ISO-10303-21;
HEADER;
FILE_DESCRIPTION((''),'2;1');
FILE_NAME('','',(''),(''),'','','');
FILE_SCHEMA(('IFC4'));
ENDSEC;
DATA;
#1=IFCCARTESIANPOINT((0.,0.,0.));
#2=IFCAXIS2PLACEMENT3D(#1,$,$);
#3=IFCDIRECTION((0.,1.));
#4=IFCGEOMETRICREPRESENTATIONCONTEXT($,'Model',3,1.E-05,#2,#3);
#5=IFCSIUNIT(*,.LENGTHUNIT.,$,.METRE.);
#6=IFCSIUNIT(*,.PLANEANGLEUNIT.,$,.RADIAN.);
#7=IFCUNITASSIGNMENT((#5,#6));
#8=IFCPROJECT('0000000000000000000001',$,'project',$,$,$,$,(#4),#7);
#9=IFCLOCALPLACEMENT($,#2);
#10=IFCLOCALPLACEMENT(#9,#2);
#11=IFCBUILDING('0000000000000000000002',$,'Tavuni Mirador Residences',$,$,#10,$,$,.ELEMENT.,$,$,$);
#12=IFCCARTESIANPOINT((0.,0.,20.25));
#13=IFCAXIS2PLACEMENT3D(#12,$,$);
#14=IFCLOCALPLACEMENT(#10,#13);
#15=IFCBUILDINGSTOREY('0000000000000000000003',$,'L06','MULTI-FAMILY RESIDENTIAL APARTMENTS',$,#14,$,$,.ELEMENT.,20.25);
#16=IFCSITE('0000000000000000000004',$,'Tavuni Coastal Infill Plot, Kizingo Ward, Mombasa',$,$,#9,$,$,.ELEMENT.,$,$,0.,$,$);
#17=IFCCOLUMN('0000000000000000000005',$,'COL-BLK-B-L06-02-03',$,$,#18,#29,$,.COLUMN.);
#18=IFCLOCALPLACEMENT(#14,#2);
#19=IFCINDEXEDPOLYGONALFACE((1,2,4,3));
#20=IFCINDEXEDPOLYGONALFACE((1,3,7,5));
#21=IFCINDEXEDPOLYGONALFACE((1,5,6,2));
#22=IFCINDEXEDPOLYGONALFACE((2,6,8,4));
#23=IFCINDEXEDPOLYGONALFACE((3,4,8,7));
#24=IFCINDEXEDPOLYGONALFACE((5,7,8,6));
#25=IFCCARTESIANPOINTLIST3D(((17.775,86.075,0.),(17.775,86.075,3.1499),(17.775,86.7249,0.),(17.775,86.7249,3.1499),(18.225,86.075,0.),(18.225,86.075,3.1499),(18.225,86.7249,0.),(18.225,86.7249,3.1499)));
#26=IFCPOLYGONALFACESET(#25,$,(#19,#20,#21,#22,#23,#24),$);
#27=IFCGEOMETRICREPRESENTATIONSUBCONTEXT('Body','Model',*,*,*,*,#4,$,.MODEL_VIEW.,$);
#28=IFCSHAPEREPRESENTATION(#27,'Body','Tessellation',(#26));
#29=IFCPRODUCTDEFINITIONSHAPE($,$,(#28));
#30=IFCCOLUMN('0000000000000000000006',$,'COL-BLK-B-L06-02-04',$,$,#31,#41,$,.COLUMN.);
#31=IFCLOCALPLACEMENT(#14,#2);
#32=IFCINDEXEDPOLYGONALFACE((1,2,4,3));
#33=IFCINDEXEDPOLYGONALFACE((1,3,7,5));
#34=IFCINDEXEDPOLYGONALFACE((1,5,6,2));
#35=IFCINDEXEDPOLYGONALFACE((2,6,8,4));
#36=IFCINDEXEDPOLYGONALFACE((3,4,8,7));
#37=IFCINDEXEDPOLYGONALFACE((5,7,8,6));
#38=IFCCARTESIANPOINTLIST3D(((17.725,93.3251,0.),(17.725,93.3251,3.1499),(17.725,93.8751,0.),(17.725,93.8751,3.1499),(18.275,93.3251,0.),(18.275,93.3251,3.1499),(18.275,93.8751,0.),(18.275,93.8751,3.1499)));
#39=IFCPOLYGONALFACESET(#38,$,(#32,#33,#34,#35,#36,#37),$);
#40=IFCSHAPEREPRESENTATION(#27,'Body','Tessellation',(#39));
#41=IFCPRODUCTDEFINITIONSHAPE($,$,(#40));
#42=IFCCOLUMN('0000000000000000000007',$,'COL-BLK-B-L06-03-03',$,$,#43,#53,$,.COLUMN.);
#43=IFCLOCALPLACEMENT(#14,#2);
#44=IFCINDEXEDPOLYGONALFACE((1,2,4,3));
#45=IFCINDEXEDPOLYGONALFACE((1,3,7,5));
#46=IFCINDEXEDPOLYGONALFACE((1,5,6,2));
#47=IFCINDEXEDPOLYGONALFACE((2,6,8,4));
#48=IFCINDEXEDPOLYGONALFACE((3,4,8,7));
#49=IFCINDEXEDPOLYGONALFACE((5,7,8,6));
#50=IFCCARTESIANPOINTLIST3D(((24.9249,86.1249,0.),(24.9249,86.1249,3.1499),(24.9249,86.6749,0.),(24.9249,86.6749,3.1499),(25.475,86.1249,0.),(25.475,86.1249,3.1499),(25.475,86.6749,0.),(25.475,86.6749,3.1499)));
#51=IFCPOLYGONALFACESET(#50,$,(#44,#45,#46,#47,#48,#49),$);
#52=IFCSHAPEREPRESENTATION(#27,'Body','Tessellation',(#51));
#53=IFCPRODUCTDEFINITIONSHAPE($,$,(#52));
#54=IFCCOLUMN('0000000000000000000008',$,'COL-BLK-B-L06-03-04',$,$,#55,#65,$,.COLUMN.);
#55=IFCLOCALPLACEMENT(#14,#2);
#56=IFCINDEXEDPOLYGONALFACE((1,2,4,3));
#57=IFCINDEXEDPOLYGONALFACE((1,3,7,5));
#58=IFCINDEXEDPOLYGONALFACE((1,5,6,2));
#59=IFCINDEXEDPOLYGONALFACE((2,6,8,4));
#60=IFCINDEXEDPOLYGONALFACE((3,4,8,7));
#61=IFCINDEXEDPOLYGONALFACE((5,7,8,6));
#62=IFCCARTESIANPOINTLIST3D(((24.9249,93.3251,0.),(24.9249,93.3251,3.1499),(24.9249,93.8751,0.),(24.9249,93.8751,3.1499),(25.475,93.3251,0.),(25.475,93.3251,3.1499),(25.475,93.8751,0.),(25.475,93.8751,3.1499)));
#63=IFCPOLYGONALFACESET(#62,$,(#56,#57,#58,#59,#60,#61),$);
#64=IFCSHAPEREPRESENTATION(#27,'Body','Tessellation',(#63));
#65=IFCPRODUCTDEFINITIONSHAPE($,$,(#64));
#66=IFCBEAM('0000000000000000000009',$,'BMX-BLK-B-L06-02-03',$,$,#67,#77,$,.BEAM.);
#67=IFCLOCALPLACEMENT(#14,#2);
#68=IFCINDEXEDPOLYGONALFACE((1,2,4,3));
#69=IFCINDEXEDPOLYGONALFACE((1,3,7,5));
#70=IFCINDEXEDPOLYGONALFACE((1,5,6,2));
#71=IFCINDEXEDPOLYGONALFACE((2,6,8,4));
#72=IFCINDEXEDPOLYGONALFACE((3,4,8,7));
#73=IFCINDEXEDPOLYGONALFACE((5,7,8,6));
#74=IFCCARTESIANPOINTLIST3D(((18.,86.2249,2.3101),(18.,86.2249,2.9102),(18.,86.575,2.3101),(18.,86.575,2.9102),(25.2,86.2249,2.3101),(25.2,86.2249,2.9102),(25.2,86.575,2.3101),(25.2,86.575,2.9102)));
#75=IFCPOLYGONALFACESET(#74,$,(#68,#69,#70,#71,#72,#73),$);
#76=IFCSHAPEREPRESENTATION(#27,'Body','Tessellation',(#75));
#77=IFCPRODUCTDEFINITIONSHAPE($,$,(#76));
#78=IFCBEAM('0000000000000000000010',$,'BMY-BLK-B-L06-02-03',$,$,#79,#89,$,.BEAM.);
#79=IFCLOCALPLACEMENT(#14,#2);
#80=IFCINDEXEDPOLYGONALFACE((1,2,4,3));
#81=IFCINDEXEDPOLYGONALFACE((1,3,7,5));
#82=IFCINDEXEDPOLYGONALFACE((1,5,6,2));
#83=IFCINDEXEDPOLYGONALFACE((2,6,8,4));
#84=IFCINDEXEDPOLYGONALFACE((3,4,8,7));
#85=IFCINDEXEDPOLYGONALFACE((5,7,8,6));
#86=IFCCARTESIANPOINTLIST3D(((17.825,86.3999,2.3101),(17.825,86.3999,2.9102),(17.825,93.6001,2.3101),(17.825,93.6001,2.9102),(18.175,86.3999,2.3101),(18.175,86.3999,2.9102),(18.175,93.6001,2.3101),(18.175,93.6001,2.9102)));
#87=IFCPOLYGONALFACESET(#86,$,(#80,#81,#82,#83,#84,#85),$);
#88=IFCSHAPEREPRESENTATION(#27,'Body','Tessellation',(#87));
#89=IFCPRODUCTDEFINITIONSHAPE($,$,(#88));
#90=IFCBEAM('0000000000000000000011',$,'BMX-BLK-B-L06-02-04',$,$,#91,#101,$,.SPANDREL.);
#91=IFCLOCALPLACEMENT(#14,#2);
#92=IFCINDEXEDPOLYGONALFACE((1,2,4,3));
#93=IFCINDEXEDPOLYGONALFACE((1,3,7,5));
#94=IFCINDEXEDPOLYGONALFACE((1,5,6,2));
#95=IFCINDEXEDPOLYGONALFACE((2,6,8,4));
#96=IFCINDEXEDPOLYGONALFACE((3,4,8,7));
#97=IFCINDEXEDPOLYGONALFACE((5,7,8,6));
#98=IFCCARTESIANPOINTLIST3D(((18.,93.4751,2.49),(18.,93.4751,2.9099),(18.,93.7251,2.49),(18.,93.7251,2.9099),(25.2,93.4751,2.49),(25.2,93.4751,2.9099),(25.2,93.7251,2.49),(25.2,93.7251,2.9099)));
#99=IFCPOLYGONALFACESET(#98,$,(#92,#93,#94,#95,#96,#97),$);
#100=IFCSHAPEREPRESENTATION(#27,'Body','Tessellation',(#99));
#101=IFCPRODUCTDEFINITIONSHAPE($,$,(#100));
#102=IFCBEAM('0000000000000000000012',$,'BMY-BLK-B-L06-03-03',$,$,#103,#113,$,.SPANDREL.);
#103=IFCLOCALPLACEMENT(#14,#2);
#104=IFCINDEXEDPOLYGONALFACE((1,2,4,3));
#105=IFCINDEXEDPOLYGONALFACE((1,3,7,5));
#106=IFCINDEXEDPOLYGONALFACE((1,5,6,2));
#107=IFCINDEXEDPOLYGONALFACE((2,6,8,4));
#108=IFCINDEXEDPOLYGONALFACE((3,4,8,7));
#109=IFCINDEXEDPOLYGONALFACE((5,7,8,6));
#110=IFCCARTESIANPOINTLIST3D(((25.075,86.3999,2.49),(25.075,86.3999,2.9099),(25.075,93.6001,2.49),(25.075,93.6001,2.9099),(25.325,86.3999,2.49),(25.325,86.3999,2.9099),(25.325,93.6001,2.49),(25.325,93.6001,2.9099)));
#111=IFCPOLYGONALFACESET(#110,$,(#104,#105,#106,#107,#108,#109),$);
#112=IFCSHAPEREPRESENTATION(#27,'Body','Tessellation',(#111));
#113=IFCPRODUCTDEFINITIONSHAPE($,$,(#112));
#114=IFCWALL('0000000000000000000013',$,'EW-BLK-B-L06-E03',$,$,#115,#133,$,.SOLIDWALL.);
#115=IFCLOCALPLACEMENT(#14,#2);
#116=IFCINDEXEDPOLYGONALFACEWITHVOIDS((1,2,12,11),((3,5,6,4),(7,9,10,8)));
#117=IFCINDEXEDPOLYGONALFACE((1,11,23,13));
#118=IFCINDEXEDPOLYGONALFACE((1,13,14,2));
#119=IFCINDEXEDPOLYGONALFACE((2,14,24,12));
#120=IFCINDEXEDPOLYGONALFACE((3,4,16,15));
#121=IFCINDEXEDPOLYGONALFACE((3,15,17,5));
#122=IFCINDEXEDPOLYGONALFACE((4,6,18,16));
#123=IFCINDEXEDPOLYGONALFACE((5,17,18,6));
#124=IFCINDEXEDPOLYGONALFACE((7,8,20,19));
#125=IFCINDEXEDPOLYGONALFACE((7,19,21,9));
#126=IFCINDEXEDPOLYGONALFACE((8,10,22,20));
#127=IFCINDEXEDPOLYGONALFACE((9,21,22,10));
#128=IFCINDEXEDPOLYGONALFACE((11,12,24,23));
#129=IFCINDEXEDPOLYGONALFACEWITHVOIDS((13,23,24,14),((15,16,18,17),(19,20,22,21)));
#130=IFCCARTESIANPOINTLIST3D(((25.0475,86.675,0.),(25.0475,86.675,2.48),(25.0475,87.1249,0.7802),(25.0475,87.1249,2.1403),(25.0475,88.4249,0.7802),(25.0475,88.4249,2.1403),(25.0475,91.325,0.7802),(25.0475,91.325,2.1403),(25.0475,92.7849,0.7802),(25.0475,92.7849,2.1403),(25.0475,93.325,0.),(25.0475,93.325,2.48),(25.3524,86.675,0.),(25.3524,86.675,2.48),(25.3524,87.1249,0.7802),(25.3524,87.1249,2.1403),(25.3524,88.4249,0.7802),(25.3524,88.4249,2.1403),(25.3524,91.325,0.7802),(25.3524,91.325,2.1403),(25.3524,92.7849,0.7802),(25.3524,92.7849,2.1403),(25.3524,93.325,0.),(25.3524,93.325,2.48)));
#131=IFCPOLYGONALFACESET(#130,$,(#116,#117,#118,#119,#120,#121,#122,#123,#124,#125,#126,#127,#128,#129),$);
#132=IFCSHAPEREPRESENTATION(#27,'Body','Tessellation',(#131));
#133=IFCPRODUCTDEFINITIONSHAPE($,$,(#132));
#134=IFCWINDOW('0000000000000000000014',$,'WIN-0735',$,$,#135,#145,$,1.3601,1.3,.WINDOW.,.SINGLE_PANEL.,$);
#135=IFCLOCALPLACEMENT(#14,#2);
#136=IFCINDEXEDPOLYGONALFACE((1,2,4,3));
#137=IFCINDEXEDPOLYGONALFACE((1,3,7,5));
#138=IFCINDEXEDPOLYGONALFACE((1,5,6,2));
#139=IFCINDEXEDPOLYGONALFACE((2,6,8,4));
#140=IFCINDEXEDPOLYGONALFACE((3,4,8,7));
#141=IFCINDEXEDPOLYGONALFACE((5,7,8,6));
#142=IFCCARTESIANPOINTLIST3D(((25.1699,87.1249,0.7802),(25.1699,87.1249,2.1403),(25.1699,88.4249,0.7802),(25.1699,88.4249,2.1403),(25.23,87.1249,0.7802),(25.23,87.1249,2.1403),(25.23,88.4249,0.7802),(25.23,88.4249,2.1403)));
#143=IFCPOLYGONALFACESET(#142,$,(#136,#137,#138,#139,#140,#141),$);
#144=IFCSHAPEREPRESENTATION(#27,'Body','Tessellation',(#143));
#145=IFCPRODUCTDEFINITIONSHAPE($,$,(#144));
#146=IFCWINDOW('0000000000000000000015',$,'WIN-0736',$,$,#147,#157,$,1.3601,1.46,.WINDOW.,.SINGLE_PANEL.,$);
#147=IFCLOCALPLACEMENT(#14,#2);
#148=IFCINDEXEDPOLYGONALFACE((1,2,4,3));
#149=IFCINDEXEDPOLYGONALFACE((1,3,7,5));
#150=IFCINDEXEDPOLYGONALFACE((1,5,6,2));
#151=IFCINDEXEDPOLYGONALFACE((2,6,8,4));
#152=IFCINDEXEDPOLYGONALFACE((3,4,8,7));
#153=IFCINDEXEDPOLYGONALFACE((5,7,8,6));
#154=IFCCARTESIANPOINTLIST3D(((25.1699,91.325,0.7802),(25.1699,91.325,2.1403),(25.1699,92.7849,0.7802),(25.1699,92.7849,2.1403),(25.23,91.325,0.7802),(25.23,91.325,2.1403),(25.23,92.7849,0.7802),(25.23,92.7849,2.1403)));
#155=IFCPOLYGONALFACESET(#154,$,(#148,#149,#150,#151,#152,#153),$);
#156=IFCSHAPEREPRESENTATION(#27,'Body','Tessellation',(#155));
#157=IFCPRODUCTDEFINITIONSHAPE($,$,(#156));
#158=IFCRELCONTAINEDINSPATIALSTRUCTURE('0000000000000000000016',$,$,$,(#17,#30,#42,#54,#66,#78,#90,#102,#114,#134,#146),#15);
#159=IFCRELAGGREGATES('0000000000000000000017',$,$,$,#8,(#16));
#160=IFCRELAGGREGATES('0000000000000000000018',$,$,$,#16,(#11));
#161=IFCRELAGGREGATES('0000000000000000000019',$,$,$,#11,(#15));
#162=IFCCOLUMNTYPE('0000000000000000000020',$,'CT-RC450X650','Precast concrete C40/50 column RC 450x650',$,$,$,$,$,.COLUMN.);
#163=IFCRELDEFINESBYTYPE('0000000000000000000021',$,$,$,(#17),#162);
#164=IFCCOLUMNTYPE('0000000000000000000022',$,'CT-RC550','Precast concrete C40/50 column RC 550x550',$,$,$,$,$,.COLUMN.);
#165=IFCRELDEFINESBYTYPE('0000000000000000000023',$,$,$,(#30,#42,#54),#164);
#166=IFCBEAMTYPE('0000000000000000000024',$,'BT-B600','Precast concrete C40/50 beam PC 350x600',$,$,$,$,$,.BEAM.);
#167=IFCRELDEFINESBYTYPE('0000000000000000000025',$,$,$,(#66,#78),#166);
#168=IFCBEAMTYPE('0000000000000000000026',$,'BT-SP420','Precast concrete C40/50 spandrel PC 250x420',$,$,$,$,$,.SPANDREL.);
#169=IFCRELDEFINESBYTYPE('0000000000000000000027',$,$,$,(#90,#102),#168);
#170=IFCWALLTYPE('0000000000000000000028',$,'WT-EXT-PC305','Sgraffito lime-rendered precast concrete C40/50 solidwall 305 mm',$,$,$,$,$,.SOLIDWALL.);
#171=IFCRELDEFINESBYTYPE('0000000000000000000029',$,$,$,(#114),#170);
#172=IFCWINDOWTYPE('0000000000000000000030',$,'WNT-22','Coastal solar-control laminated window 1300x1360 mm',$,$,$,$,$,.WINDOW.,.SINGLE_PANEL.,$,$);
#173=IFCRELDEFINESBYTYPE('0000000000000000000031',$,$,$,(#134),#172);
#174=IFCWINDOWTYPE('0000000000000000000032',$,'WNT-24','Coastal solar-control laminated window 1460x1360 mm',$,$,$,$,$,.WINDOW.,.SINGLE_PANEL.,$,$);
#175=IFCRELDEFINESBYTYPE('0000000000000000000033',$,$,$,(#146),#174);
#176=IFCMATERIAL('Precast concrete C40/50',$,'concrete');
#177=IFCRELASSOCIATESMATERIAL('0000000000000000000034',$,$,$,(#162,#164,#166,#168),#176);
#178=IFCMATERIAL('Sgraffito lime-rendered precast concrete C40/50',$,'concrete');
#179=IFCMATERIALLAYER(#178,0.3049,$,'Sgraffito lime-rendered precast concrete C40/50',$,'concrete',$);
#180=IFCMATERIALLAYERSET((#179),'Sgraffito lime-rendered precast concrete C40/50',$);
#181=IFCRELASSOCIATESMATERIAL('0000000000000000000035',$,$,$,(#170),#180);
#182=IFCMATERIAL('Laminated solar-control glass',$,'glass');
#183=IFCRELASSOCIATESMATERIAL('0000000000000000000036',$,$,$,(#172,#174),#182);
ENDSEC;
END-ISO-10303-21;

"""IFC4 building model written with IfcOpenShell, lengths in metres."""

from ifc_helpers import new_model, si_unit, direction, frame, frame_2d, origin, origin_2d, place, context, subcontext, project, spatial, rectangle, extrude, material, layer, layer_set, material_profile, profile_set, type_object, element, fill, save


model = new_model("IFC4")

# Units and contexts
model_context = context("Model", 3, precision=1e-05, world=origin(), true_north=direction((0.0, 1.0)))
body_context = subcontext(model_context, "Body", "Model", "MODEL_VIEW")
ifc_project = project(units=[si_unit("LENGTHUNIT", "METRE"), si_unit("PLANEANGLEUNIT", "RADIAN")], contexts=[model_context])

# Site, building, storey
site_placement = place(None, origin())
site = spatial("IfcSite", under=ifc_project, at=site_placement, Name="Tavuni Coastal Infill Plot, Kizingo Ward, Mombasa", CompositionType="ELEMENT", RefElevation=0.0)
building_placement = place(site_placement, origin())
building = spatial("IfcBuilding", under=site, at=building_placement, Name="Tavuni Mirador Residences", CompositionType="ELEMENT")
storey_placement = place(building_placement, frame((0.0, 0.0, 20.25)))
storey = spatial("IfcBuildingStorey", under=building, at=storey_placement, Name="L06", Description="MULTI-FAMILY RESIDENTIAL APARTMENTS", CompositionType="ELEMENT", Elevation=20.25)

# Columns
ifc_material_1 = material(Name="Precast concrete C40/50", Category="concrete")
ifc_material_profile_1 = material_profile(ifc_material_1, rectangle(XDim=0.45, YDim=0.6499, at=origin_2d()), Name="RC 450x650", Category="concrete")
ifc_profile_set_1 = profile_set([ifc_material_profile_1], Name="Precast concrete C40/50")
column_type_1 = type_object("IfcColumnType", Name="CT-RC450X650", Description="Precast concrete C40/50 column RC 450x650", PredefinedType="COLUMN", material=ifc_profile_set_1)
column_placement = place(storey_placement, frame((18.0, 86.3999, 0.0), z_axis=(0.0, 0.0, 1.0), x_axis=(1.0, 0.0, 0.0)))
element("IfcColumn", 1, at=column_placement, inside=storey, type_object=column_type_1, Name="COL-BLK-B-L06-02-03", PredefinedType="COLUMN", context=body_context, shape_type="SweptSolid", body=[
    extrude(rectangle(XDim=0.45, YDim=0.6499, at=origin_2d()), origin(), (0.0, 0.0, 1.0), 3.1499),
])
ifc_material_profile_2 = material_profile(ifc_material_1, rectangle(XDim=0.55, YDim=0.55, at=origin_2d()), Name="RC 550x550", Category="concrete")
ifc_profile_set_2 = profile_set([ifc_material_profile_2], Name="Precast concrete C40/50")
column_type_2 = type_object("IfcColumnType", Name="CT-RC550", Description="Precast concrete C40/50 column RC 550x550", PredefinedType="COLUMN", material=ifc_profile_set_2)
for number, where, z_axis, x_axis, name in (
    (2, (18.0, 93.6001, 0.0), (0.0, 0.0, 1.0), (1.0, 0.0, 0.0), "COL-BLK-B-L06-02-04"),
    (3, (25.2, 86.3999, 0.0), (0.0, 0.0, 1.0), (1.0, 0.0, 0.0), "COL-BLK-B-L06-03-03"),
    (4, (25.2, 93.6001, 0.0), (0.0, 0.0, 1.0), (1.0, 0.0, 0.0), "COL-BLK-B-L06-03-04"),
):
    element("IfcColumn", number, at=place(storey_placement, frame(where, z_axis=z_axis, x_axis=x_axis)), inside=storey, type_object=column_type_2, Name=name, PredefinedType="COLUMN", context=body_context, shape_type="SweptSolid", body=[
        extrude(rectangle(XDim=0.55, YDim=0.55, at=origin_2d()), origin(), (0.0, 0.0, 1.0), 3.1499),
    ])

# Beams
ifc_material_profile_3 = material_profile(ifc_material_1, rectangle(XDim=0.3501, YDim=0.6001, at=origin_2d()), Name="PC 350x600", Category="concrete")
ifc_profile_set_3 = profile_set([ifc_material_profile_3], Name="Precast concrete C40/50")
beam_type_1 = type_object("IfcBeamType", Name="BT-B600", Description="Precast concrete C40/50 beam PC 350x600", PredefinedType="BEAM", material=ifc_profile_set_3)
beam_1_placement = place(storey_placement, frame((18.0, 86.3999, 2.6101), z_axis=(1.0, 0.0, 0.0), x_axis=(0.0, 1.0, 0.0)))
element("IfcBeam", 5, at=beam_1_placement, inside=storey, type_object=beam_type_1, Name="BMX-BLK-B-L06-02-03", PredefinedType="BEAM", context=body_context, shape_type="SweptSolid", body=[
    extrude(rectangle(XDim=0.3501, YDim=0.6001, at=origin_2d()), origin(), (0.0, 0.0, 1.0), 7.2),
])
beam_2_placement = place(storey_placement, frame((18.0, 86.3999, 2.6101), z_axis=(0.0, 1.0, 0.0), x_axis=(-1.0, 0.0, 0.0)))
element("IfcBeam", 6, at=beam_2_placement, inside=storey, type_object=beam_type_1, Name="BMY-BLK-B-L06-02-03", PredefinedType="BEAM", context=body_context, shape_type="SweptSolid", body=[
    extrude(rectangle(XDim=0.3501, YDim=0.6001, at=origin_2d()), origin(), (0.0, 0.0, 1.0), 7.2002),
])
ifc_material_profile_4 = material_profile(ifc_material_1, rectangle(XDim=0.25, YDim=0.4199, at=origin_2d()), Name="PC 250x420", Category="concrete")
ifc_profile_set_4 = profile_set([ifc_material_profile_4], Name="Precast concrete C40/50")
beam_type_2 = type_object("IfcBeamType", Name="BT-SP420", Description="Precast concrete C40/50 spandrel PC 250x420", PredefinedType="SPANDREL", material=ifc_profile_set_4)
beam_3_placement = place(storey_placement, frame((18.0, 93.6001, 2.7), z_axis=(1.0, 0.0, 0.0), x_axis=(0.0, 1.0, 0.0)))
element("IfcBeam", 7, at=beam_3_placement, inside=storey, type_object=beam_type_2, Name="BMX-BLK-B-L06-02-04", PredefinedType="SPANDREL", context=body_context, shape_type="SweptSolid", body=[
    extrude(rectangle(XDim=0.25, YDim=0.4199, at=origin_2d()), origin(), (0.0, 0.0, 1.0), 7.2),
])
beam_4_placement = place(storey_placement, frame((25.2, 86.3999, 2.7), z_axis=(0.0, 1.0, 0.0), x_axis=(-1.0, 0.0, 0.0)))
element("IfcBeam", 8, at=beam_4_placement, inside=storey, type_object=beam_type_2, Name="BMY-BLK-B-L06-03-03", PredefinedType="SPANDREL", context=body_context, shape_type="SweptSolid", body=[
    extrude(rectangle(XDim=0.25, YDim=0.4199, at=origin_2d()), origin(), (0.0, 0.0, 1.0), 7.2002),
])

# Wall, openings, windows
ifc_material_2 = material(Name="Sgraffito lime-rendered precast concrete C40/50", Category="concrete")
ifc_layer_1 = layer(ifc_material_2, 0.3049, Name="Sgraffito lime-rendered precast concrete C40/50", Category="concrete")
ifc_layer_set_1 = layer_set([ifc_layer_1], Name="Sgraffito lime-rendered precast concrete C40/50")
wall_type_1 = type_object("IfcWallType", Name="WT-EXT-PC305", Description="Sgraffito lime-rendered precast concrete C40/50 solidwall 305 mm", PredefinedType="SOLIDWALL", material=ifc_layer_set_1)
wall_1_placement = place(storey_placement, frame((25.2, 86.675, 0.0), z_axis=(0.0, 0.0, 1.0), x_axis=(0.0, 1.0, 0.0)))
wall_1 = element("IfcWall", 9, at=wall_1_placement, inside=storey, type_object=wall_type_1, Name="EW-BLK-B-L06-E03", PredefinedType="SOLIDWALL", context=body_context, shape_type="SweptSolid", body=[
    extrude(rectangle(XDim=6.6499, YDim=0.3049, at=frame_2d((3.325, 0.0))), origin(), (0.0, 0.0, 1.0), 2.48),
])
opening_1_placement = place(wall_1_placement, frame((0.45, 0.0, 0.78)))
opening_1 = element("IfcOpeningElement", 10, at=opening_1_placement, cuts=wall_1, PredefinedType="OPENING", context=body_context, shape_type="SweptSolid", body=[
    extrude(rectangle(XDim=1.3, YDim=1.3601, at=frame_2d((0.6499, 0.6802))), frame((0.0, 0.1626, 0.0), z_axis=(0.0, -1.0, 0.0), x_axis=(1.0, 0.0, 0.0)), (0.0, 0.0, 1.0), 0.325),
])
opening_2_placement = place(wall_1_placement, frame((4.6499, 0.0, 0.78)))
opening_2 = element("IfcOpeningElement", 11, at=opening_2_placement, cuts=wall_1, PredefinedType="OPENING", context=body_context, shape_type="SweptSolid", body=[
    extrude(rectangle(XDim=1.46, YDim=1.3601, at=frame_2d((0.73, 0.6802))), frame((0.0, 0.1626, 0.0), z_axis=(0.0, -1.0, 0.0), x_axis=(1.0, 0.0, 0.0)), (0.0, 0.0, 1.0), 0.325),
])
ifc_material_3 = material(Name="Laminated solar-control glass", Category="glass")
window_type_1 = type_object("IfcWindowType", Name="WNT-22", Description="Coastal solar-control laminated window 1300x1360 mm", PartitioningType="SINGLE_PANEL", PredefinedType="WINDOW", material=ifc_material_3)
window_1_placement = place(opening_1_placement, origin())
window_1 = element("IfcWindow", 12, at=window_1_placement, inside=storey, type_object=window_type_1, Name="WIN-0735", OverallHeight=1.3601, OverallWidth=1.3, PartitioningType="SINGLE_PANEL", PredefinedType="WINDOW", context=body_context, shape_type="SweptSolid", body=[
    extrude(rectangle(XDim=1.3, YDim=1.3601, at=frame_2d((0.6499, 0.6802))), frame((0.0, 0.03, 0.0), z_axis=(0.0, -1.0, 0.0), x_axis=(1.0, 0.0, 0.0)), (0.0, 0.0, 1.0), 0.0601),
])
fill(opening_1, window_1)
window_type_2 = type_object("IfcWindowType", Name="WNT-24", Description="Coastal solar-control laminated window 1460x1360 mm", PartitioningType="SINGLE_PANEL", PredefinedType="WINDOW", material=ifc_material_3)
window_2_placement = place(opening_2_placement, origin())
window_2 = element("IfcWindow", 13, at=window_2_placement, inside=storey, type_object=window_type_2, Name="WIN-0736", OverallHeight=1.3601, OverallWidth=1.46, PartitioningType="SINGLE_PANEL", PredefinedType="WINDOW", context=body_context, shape_type="SweptSolid", body=[
    extrude(rectangle(XDim=1.46, YDim=1.3601, at=frame_2d((0.73, 0.6802))), frame((0.0, 0.03, 0.0), z_axis=(0.0, -1.0, 0.0), x_axis=(1.0, 0.0, 0.0)), (0.0, 0.0, 1.0), 0.0601),
])
fill(opening_2, window_2)

save(model, "model.ifc")
